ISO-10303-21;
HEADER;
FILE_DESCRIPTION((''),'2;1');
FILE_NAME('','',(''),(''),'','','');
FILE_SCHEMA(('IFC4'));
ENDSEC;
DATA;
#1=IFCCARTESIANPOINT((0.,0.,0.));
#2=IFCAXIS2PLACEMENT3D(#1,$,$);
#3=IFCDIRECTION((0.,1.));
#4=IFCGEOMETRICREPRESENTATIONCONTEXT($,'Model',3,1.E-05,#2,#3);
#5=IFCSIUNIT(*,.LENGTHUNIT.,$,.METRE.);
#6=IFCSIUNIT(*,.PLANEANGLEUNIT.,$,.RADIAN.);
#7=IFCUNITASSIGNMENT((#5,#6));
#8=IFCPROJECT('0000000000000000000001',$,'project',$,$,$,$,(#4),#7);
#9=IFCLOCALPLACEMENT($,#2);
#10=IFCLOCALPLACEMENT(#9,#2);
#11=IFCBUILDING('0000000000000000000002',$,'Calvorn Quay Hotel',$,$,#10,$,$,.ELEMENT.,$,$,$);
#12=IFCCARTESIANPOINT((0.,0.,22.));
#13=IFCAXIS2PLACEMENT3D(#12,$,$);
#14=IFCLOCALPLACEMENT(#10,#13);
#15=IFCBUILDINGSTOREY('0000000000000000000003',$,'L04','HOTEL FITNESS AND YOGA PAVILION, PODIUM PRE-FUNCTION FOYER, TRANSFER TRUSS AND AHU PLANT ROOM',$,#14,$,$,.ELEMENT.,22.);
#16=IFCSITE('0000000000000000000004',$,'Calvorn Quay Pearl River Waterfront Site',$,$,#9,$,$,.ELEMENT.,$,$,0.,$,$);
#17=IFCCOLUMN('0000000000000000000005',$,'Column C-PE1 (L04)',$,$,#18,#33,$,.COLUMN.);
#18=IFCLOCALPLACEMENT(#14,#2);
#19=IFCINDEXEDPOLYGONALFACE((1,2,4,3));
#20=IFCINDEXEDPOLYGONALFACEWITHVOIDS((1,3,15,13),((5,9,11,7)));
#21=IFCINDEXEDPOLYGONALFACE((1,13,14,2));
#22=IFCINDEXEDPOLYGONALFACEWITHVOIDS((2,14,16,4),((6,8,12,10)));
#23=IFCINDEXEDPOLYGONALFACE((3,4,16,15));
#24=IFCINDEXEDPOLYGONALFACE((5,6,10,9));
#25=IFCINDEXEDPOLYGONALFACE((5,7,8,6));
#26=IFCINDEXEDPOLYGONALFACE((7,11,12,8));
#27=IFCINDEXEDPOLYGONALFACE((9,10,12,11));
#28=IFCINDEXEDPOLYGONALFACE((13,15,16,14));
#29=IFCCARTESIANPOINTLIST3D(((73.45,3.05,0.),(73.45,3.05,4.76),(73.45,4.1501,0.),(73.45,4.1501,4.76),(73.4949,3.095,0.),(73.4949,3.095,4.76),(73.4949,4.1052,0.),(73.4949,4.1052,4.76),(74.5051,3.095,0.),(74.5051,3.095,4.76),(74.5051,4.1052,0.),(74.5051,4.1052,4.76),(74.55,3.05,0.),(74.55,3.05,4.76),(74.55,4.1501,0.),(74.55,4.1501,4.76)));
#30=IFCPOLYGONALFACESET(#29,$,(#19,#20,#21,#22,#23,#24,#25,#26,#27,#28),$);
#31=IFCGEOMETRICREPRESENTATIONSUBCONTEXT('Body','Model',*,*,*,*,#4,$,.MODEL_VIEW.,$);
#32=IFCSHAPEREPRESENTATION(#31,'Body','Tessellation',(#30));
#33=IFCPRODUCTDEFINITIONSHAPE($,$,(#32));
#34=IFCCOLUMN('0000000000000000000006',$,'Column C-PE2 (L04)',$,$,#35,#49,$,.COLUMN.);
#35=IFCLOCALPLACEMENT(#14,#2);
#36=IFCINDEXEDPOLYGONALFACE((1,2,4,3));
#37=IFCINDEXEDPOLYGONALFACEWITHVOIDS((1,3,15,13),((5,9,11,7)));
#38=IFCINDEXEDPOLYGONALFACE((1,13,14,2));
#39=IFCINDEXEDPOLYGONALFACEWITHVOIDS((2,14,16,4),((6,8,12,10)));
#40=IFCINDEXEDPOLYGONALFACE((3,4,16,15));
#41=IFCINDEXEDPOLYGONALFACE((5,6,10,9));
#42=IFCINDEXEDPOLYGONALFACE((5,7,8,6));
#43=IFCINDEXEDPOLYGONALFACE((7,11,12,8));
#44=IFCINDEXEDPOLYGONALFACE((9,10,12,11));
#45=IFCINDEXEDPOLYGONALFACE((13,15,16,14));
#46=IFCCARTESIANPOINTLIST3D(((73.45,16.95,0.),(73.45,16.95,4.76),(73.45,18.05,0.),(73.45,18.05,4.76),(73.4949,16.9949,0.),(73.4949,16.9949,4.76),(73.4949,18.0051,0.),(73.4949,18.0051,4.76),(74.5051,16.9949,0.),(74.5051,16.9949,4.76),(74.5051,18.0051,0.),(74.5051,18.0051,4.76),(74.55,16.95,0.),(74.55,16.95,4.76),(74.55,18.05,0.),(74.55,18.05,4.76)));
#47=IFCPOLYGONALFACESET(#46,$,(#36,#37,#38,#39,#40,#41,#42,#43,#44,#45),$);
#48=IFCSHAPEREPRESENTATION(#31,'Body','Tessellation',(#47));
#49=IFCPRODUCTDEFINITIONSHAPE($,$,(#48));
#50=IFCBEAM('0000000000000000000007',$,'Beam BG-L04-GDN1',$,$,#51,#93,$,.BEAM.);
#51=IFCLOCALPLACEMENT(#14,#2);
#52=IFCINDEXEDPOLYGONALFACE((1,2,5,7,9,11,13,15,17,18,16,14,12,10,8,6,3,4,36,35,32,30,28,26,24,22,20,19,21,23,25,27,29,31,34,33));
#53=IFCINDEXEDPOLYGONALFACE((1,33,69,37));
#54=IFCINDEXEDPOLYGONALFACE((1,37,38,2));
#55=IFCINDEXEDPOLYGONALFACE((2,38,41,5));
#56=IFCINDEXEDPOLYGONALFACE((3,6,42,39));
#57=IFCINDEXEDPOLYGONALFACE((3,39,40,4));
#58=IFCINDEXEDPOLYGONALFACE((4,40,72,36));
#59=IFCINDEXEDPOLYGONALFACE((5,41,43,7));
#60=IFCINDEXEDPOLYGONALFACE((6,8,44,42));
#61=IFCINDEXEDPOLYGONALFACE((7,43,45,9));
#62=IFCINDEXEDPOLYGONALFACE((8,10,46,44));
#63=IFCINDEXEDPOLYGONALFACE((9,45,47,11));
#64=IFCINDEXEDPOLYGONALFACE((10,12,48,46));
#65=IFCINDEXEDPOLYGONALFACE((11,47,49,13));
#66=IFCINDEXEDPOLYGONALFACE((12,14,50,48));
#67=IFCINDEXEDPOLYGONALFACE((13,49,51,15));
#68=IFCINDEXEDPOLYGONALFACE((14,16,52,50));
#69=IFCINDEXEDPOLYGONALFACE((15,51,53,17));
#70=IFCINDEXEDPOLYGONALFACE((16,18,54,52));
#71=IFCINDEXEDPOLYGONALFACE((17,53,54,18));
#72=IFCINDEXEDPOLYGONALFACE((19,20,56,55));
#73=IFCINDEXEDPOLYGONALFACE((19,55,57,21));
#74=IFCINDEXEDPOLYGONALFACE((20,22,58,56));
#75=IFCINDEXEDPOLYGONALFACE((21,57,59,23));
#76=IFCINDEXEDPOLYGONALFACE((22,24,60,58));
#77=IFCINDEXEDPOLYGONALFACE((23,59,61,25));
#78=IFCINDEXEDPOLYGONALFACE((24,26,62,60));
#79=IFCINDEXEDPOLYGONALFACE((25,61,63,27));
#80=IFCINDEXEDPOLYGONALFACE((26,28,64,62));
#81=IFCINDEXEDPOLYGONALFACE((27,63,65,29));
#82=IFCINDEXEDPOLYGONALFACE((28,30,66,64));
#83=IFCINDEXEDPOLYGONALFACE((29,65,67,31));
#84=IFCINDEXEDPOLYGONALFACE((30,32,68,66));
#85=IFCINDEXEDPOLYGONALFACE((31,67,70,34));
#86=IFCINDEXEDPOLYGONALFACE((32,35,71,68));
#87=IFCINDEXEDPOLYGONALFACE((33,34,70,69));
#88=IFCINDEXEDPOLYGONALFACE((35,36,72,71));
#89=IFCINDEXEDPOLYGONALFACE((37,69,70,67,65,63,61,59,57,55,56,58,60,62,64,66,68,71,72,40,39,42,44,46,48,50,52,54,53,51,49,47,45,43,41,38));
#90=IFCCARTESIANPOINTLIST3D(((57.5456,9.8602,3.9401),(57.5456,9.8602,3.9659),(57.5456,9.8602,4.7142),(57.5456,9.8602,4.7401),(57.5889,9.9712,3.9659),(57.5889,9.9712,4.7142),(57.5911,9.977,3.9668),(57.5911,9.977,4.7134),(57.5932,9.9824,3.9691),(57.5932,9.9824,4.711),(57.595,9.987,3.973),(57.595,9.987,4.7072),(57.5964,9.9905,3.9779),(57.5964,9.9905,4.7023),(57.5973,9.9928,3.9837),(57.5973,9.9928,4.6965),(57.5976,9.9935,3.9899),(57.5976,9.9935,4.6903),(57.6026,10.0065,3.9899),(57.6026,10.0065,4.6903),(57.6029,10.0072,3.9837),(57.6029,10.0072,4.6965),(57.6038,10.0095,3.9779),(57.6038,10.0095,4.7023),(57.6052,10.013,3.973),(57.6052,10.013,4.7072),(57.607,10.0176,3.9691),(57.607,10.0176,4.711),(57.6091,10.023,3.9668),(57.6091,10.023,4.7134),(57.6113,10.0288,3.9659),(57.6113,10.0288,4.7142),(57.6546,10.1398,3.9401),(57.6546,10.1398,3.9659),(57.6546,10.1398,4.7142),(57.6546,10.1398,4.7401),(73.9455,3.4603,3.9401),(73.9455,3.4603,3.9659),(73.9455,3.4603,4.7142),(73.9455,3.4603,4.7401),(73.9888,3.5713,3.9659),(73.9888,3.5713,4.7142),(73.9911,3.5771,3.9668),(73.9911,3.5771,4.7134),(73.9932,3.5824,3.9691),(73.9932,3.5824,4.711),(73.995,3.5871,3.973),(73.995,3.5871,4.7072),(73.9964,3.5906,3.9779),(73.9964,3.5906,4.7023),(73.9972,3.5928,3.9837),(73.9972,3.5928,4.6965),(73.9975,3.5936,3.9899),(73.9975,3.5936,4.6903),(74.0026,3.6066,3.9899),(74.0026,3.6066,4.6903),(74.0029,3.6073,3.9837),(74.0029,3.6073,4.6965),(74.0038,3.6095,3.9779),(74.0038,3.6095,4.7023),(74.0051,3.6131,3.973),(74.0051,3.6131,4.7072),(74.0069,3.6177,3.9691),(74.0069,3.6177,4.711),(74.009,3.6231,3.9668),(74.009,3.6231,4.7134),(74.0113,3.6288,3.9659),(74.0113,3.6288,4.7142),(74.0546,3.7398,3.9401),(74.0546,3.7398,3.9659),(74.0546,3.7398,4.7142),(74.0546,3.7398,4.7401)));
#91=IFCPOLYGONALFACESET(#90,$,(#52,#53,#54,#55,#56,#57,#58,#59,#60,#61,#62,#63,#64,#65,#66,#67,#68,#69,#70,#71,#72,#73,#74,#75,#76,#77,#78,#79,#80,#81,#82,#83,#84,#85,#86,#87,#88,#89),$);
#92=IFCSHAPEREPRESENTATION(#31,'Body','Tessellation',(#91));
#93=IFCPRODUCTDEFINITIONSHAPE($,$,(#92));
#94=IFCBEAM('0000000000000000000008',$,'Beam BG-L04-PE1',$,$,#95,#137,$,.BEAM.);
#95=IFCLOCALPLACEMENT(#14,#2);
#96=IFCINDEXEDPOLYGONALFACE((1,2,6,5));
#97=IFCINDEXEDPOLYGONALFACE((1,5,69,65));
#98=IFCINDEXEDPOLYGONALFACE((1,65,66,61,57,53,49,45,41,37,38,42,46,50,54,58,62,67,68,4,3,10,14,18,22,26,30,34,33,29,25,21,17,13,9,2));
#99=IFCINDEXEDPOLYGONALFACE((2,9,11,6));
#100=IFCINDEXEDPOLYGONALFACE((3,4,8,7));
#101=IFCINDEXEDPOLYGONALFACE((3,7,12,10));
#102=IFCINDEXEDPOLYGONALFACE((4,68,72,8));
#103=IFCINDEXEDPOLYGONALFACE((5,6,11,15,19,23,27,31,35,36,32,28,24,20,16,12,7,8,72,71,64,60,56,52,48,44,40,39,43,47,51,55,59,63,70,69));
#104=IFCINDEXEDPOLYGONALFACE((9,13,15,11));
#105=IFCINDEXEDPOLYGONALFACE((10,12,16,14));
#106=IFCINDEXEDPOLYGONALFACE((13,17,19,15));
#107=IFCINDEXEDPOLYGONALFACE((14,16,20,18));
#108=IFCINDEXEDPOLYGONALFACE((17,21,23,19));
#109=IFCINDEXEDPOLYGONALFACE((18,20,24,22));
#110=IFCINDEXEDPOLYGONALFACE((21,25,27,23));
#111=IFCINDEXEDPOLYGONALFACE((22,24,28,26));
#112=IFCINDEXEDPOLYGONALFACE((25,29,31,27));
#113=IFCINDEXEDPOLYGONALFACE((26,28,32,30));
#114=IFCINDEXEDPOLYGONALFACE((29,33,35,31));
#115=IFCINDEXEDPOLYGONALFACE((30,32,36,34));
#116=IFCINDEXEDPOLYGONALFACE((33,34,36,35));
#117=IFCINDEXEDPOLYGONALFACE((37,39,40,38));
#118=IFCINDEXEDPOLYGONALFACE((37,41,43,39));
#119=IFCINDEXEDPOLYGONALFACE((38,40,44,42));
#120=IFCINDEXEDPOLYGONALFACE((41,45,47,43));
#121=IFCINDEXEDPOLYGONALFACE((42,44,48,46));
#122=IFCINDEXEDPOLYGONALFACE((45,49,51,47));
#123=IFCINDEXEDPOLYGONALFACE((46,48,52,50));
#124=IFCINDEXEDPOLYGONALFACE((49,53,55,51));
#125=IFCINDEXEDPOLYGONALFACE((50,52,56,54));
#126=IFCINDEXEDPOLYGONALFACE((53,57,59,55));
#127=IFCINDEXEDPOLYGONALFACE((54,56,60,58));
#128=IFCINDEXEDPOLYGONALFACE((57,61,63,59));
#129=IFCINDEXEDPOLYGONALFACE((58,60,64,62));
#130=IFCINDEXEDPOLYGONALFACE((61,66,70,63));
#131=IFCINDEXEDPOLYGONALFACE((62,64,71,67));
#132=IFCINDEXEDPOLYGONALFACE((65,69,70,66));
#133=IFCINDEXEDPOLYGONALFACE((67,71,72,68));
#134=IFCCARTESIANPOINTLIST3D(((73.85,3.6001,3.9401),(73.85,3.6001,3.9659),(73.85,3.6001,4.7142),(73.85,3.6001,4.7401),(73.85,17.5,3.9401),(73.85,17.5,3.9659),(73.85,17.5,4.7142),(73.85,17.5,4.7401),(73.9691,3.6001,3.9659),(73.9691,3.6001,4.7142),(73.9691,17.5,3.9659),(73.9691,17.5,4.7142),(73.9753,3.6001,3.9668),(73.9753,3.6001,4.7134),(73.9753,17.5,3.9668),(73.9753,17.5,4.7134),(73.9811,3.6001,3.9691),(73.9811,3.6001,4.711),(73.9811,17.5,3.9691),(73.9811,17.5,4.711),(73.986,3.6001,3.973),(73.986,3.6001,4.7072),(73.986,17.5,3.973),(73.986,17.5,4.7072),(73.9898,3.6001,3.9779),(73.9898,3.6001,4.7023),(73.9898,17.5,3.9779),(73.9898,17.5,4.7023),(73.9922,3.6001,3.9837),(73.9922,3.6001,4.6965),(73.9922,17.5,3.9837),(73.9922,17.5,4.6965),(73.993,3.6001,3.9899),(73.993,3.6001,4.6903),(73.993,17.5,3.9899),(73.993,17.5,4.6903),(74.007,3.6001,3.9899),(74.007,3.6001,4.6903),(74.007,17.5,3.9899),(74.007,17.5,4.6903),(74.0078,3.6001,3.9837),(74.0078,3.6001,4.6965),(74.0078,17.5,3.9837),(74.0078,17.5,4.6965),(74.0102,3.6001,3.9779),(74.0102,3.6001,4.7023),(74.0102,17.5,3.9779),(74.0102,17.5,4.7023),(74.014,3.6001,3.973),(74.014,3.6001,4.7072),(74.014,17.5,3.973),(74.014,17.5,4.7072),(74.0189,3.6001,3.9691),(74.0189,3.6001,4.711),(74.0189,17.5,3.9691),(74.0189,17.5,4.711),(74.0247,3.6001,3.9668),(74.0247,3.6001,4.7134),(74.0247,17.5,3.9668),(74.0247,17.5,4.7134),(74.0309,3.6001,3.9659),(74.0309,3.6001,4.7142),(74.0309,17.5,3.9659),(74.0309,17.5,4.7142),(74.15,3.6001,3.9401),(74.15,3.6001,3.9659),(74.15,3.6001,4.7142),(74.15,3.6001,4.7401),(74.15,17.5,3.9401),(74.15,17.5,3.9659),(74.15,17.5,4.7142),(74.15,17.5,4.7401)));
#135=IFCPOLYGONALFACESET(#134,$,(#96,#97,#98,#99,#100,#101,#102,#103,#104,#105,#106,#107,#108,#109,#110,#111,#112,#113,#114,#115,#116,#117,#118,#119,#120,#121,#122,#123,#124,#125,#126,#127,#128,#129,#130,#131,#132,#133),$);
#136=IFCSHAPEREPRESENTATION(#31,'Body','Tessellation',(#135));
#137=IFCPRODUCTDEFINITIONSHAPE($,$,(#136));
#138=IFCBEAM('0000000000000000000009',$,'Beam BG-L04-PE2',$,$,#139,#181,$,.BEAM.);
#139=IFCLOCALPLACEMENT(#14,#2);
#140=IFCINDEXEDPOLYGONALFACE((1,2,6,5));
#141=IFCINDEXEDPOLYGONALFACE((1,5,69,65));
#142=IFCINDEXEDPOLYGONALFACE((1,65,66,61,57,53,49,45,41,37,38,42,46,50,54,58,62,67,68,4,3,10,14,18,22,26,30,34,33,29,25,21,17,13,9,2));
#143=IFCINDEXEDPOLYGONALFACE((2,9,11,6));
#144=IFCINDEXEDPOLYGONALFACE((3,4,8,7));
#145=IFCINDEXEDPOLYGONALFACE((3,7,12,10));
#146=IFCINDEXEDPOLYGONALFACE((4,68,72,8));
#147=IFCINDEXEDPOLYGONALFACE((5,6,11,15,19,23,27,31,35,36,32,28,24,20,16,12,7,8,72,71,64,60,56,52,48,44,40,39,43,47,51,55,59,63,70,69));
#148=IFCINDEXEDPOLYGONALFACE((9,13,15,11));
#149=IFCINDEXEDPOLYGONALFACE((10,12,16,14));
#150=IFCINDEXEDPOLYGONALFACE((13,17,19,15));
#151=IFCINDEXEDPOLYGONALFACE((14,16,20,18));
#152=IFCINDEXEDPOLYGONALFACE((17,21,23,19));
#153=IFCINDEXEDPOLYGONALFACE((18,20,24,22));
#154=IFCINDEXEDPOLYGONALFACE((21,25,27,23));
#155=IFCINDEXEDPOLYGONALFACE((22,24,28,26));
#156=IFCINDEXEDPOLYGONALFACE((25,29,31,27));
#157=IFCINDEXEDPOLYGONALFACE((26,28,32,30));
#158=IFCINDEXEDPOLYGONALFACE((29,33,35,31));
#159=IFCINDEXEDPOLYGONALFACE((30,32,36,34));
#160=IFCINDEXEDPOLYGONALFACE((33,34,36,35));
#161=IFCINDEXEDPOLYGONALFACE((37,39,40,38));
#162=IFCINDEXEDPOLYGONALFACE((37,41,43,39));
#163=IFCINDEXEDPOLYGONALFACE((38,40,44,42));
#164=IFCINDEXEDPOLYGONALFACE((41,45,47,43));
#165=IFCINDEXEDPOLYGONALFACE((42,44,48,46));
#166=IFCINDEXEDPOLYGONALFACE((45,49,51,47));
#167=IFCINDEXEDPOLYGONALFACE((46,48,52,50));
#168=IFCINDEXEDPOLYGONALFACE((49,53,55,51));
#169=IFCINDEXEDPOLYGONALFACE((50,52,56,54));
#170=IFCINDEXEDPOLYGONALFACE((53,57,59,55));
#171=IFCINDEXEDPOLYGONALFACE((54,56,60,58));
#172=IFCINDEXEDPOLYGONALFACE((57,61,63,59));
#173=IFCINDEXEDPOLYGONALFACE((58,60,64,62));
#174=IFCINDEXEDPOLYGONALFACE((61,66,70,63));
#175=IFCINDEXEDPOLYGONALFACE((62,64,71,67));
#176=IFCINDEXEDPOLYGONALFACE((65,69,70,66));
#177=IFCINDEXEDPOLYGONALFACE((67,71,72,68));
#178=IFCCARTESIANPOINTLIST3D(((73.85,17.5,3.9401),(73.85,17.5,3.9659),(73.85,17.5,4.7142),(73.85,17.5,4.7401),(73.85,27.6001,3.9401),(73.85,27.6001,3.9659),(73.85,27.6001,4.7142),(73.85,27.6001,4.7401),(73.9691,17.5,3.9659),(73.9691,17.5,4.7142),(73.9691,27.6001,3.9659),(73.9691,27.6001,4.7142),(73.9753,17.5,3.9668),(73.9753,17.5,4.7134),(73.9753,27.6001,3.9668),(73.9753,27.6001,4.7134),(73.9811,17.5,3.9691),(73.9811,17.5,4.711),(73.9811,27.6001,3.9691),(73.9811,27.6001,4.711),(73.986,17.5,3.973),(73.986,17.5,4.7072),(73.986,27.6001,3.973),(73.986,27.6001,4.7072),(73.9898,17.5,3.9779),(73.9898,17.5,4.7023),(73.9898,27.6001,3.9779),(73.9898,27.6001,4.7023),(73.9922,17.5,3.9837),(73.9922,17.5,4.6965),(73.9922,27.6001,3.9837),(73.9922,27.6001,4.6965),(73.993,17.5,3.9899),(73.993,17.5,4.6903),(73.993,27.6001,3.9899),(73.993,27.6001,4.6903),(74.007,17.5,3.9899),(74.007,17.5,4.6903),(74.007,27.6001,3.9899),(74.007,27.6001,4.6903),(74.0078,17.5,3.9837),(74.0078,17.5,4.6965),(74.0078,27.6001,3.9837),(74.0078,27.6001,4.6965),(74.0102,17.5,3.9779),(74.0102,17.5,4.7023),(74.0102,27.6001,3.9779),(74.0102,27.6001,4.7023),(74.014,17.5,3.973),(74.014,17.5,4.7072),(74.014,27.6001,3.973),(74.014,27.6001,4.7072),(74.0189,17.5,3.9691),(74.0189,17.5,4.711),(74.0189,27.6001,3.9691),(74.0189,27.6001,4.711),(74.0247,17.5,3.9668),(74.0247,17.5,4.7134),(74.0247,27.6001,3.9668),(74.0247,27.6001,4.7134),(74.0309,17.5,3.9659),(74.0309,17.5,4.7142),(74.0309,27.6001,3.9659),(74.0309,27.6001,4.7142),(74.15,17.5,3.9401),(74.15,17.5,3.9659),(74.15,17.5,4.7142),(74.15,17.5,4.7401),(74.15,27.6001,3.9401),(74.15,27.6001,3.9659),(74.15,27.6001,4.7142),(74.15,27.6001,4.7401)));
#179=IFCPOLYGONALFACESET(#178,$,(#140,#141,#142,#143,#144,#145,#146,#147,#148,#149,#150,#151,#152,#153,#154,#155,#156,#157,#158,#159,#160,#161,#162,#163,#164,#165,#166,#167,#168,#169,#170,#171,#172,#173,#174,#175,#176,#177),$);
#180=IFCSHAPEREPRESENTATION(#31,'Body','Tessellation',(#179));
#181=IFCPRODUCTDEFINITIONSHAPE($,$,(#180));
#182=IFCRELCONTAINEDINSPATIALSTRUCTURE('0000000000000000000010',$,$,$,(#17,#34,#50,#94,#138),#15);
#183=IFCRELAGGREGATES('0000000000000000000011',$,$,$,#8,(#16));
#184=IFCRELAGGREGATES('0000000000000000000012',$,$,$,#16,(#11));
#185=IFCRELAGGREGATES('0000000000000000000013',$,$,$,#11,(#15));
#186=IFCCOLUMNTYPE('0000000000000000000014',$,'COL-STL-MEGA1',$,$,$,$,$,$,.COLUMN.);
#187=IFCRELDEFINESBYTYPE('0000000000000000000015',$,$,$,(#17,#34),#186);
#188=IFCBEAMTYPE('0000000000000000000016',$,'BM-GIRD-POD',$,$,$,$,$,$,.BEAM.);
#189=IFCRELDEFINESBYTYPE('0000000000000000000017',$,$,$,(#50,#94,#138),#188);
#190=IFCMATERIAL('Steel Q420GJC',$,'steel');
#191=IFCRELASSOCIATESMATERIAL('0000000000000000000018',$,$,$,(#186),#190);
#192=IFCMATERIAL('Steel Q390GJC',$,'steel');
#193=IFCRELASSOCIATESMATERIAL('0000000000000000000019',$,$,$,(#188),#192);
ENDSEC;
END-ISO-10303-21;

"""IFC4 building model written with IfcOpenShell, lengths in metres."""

from ifc_helpers import new_model, si_unit, direction, frame, origin, origin_2d, place, context, subcontext, project, spatial, hollow_rectangle, i_section, extrude, material, material_profile, profile_set, type_object, element, save


model = new_model("IFC4")

# Units and contexts
model_context = context("Model", 3, precision=1e-05, world=origin(), true_north=direction((0.0, 1.0)))
body_context = subcontext(model_context, "Body", "Model", "MODEL_VIEW")
ifc_project = project(units=[si_unit("LENGTHUNIT", "METRE"), si_unit("PLANEANGLEUNIT", "RADIAN")], contexts=[model_context])

# Site, building, storey
site_placement = place(None, origin())
site = spatial("IfcSite", under=ifc_project, at=site_placement, Name="Calvorn Quay Pearl River Waterfront Site", CompositionType="ELEMENT", RefElevation=0.0)
building_placement = place(site_placement, origin())
building = spatial("IfcBuilding", under=site, at=building_placement, Name="Calvorn Quay Hotel", CompositionType="ELEMENT")
storey_placement = place(building_placement, frame((0.0, 0.0, 22.0)))
storey = spatial("IfcBuildingStorey", under=building, at=storey_placement, Name="L04", Description="HOTEL FITNESS AND YOGA PAVILION, PODIUM PRE-FUNCTION FOYER, TRANSFER TRUSS AND AHU PLANT ROOM", CompositionType="ELEMENT", Elevation=22.0)

# Columns
ifc_material_1 = material(Name="Steel Q420GJC", Category="steel")
ifc_material_profile_1 = material_profile(ifc_material_1, hollow_rectangle(XDim=1.1001, YDim=1.1001, WallThickness=0.0449, at=origin_2d()), Name="BOX1100x1100x45")
ifc_profile_set_1 = profile_set([ifc_material_profile_1], Name="Steel Q420GJC")
column_type = type_object("IfcColumnType", Name="COL-STL-MEGA1", PredefinedType="COLUMN", material=ifc_profile_set_1)
for number, where, z_axis, x_axis, name in (
    (1, (74.0, 3.6001, 0.0), (0.0, 0.0, 1.0), (1.0, 0.0, 0.0), "Column C-PE1 (L04)"),
    (2, (74.0, 17.5, 0.0), (0.0, 0.0, 1.0), (1.0, 0.0, 0.0), "Column C-PE2 (L04)"),
):
    element("IfcColumn", number, at=place(storey_placement, frame(where, z_axis=z_axis, x_axis=x_axis)), inside=storey, type_object=column_type, Name=name, PredefinedType="COLUMN", context=body_context, shape_type="SweptSolid", body=[
        extrude(hollow_rectangle(XDim=1.1001, YDim=1.1001, WallThickness=0.0449, at=origin_2d()), origin(), (0.0, 0.0, 1.0), 4.76),
    ])

# Beams
ifc_material_2 = material(Name="Steel Q390GJC", Category="steel")
ifc_material_profile_2 = material_profile(ifc_material_2, i_section(OverallWidth=0.3, OverallDepth=0.8, WebThickness=0.0139, FlangeThickness=0.0259, FilletRadius=0.0239, at=origin_2d()), Name="HN800x300x14x26")
ifc_profile_set_2 = profile_set([ifc_material_profile_2], Name="Steel Q390GJC")
beam_type_1 = type_object("IfcBeamType", Name="BM-GIRD-POD", PredefinedType="BEAM", material=ifc_profile_set_2)
beam_1_placement = place(storey_placement, frame((57.6001, 10.0, 4.3401), z_axis=(0.931579, -0.36354, 0.0), x_axis=(0.36354, 0.931579, 0.0)))
element("IfcBeam", 3, at=beam_1_placement, inside=storey, type_object=beam_type_1, Name="Beam BG-L04-GDN1", PredefinedType="BEAM", context=body_context, shape_type="SweptSolid", body=[
    extrude(i_section(OverallWidth=0.3, OverallDepth=0.8, WebThickness=0.0139, FlangeThickness=0.0259, FilletRadius=0.0239, at=origin_2d()), origin(), (0.0, 0.0, 1.0), 17.6045),
])
beam_2_placement = place(storey_placement, frame((74.0, 3.6001, 4.3401), z_axis=(0.0, 1.0, 0.0), x_axis=(-1.0, 0.0, 0.0)))
element("IfcBeam", 4, at=beam_2_placement, inside=storey, type_object=beam_type_1, Name="Beam BG-L04-PE1", PredefinedType="BEAM", context=body_context, shape_type="SweptSolid", body=[
    extrude(i_section(OverallWidth=0.3, OverallDepth=0.8, WebThickness=0.0139, FlangeThickness=0.0259, FilletRadius=0.0239, at=origin_2d()), origin(), (0.0, 0.0, 1.0), 13.8999),
])
beam_3_placement = place(storey_placement, frame((74.0, 17.5, 4.3401), z_axis=(0.0, 1.0, 0.0), x_axis=(-1.0, 0.0, 0.0)))
element("IfcBeam", 5, at=beam_3_placement, inside=storey, type_object=beam_type_1, Name="Beam BG-L04-PE2", PredefinedType="BEAM", context=body_context, shape_type="SweptSolid", body=[
    extrude(i_section(OverallWidth=0.3, OverallDepth=0.8, WebThickness=0.0139, FlangeThickness=0.0259, FilletRadius=0.0239, at=origin_2d()), origin(), (0.0, 0.0, 1.0), 10.1001),
])

save(model, "model.ifc")
